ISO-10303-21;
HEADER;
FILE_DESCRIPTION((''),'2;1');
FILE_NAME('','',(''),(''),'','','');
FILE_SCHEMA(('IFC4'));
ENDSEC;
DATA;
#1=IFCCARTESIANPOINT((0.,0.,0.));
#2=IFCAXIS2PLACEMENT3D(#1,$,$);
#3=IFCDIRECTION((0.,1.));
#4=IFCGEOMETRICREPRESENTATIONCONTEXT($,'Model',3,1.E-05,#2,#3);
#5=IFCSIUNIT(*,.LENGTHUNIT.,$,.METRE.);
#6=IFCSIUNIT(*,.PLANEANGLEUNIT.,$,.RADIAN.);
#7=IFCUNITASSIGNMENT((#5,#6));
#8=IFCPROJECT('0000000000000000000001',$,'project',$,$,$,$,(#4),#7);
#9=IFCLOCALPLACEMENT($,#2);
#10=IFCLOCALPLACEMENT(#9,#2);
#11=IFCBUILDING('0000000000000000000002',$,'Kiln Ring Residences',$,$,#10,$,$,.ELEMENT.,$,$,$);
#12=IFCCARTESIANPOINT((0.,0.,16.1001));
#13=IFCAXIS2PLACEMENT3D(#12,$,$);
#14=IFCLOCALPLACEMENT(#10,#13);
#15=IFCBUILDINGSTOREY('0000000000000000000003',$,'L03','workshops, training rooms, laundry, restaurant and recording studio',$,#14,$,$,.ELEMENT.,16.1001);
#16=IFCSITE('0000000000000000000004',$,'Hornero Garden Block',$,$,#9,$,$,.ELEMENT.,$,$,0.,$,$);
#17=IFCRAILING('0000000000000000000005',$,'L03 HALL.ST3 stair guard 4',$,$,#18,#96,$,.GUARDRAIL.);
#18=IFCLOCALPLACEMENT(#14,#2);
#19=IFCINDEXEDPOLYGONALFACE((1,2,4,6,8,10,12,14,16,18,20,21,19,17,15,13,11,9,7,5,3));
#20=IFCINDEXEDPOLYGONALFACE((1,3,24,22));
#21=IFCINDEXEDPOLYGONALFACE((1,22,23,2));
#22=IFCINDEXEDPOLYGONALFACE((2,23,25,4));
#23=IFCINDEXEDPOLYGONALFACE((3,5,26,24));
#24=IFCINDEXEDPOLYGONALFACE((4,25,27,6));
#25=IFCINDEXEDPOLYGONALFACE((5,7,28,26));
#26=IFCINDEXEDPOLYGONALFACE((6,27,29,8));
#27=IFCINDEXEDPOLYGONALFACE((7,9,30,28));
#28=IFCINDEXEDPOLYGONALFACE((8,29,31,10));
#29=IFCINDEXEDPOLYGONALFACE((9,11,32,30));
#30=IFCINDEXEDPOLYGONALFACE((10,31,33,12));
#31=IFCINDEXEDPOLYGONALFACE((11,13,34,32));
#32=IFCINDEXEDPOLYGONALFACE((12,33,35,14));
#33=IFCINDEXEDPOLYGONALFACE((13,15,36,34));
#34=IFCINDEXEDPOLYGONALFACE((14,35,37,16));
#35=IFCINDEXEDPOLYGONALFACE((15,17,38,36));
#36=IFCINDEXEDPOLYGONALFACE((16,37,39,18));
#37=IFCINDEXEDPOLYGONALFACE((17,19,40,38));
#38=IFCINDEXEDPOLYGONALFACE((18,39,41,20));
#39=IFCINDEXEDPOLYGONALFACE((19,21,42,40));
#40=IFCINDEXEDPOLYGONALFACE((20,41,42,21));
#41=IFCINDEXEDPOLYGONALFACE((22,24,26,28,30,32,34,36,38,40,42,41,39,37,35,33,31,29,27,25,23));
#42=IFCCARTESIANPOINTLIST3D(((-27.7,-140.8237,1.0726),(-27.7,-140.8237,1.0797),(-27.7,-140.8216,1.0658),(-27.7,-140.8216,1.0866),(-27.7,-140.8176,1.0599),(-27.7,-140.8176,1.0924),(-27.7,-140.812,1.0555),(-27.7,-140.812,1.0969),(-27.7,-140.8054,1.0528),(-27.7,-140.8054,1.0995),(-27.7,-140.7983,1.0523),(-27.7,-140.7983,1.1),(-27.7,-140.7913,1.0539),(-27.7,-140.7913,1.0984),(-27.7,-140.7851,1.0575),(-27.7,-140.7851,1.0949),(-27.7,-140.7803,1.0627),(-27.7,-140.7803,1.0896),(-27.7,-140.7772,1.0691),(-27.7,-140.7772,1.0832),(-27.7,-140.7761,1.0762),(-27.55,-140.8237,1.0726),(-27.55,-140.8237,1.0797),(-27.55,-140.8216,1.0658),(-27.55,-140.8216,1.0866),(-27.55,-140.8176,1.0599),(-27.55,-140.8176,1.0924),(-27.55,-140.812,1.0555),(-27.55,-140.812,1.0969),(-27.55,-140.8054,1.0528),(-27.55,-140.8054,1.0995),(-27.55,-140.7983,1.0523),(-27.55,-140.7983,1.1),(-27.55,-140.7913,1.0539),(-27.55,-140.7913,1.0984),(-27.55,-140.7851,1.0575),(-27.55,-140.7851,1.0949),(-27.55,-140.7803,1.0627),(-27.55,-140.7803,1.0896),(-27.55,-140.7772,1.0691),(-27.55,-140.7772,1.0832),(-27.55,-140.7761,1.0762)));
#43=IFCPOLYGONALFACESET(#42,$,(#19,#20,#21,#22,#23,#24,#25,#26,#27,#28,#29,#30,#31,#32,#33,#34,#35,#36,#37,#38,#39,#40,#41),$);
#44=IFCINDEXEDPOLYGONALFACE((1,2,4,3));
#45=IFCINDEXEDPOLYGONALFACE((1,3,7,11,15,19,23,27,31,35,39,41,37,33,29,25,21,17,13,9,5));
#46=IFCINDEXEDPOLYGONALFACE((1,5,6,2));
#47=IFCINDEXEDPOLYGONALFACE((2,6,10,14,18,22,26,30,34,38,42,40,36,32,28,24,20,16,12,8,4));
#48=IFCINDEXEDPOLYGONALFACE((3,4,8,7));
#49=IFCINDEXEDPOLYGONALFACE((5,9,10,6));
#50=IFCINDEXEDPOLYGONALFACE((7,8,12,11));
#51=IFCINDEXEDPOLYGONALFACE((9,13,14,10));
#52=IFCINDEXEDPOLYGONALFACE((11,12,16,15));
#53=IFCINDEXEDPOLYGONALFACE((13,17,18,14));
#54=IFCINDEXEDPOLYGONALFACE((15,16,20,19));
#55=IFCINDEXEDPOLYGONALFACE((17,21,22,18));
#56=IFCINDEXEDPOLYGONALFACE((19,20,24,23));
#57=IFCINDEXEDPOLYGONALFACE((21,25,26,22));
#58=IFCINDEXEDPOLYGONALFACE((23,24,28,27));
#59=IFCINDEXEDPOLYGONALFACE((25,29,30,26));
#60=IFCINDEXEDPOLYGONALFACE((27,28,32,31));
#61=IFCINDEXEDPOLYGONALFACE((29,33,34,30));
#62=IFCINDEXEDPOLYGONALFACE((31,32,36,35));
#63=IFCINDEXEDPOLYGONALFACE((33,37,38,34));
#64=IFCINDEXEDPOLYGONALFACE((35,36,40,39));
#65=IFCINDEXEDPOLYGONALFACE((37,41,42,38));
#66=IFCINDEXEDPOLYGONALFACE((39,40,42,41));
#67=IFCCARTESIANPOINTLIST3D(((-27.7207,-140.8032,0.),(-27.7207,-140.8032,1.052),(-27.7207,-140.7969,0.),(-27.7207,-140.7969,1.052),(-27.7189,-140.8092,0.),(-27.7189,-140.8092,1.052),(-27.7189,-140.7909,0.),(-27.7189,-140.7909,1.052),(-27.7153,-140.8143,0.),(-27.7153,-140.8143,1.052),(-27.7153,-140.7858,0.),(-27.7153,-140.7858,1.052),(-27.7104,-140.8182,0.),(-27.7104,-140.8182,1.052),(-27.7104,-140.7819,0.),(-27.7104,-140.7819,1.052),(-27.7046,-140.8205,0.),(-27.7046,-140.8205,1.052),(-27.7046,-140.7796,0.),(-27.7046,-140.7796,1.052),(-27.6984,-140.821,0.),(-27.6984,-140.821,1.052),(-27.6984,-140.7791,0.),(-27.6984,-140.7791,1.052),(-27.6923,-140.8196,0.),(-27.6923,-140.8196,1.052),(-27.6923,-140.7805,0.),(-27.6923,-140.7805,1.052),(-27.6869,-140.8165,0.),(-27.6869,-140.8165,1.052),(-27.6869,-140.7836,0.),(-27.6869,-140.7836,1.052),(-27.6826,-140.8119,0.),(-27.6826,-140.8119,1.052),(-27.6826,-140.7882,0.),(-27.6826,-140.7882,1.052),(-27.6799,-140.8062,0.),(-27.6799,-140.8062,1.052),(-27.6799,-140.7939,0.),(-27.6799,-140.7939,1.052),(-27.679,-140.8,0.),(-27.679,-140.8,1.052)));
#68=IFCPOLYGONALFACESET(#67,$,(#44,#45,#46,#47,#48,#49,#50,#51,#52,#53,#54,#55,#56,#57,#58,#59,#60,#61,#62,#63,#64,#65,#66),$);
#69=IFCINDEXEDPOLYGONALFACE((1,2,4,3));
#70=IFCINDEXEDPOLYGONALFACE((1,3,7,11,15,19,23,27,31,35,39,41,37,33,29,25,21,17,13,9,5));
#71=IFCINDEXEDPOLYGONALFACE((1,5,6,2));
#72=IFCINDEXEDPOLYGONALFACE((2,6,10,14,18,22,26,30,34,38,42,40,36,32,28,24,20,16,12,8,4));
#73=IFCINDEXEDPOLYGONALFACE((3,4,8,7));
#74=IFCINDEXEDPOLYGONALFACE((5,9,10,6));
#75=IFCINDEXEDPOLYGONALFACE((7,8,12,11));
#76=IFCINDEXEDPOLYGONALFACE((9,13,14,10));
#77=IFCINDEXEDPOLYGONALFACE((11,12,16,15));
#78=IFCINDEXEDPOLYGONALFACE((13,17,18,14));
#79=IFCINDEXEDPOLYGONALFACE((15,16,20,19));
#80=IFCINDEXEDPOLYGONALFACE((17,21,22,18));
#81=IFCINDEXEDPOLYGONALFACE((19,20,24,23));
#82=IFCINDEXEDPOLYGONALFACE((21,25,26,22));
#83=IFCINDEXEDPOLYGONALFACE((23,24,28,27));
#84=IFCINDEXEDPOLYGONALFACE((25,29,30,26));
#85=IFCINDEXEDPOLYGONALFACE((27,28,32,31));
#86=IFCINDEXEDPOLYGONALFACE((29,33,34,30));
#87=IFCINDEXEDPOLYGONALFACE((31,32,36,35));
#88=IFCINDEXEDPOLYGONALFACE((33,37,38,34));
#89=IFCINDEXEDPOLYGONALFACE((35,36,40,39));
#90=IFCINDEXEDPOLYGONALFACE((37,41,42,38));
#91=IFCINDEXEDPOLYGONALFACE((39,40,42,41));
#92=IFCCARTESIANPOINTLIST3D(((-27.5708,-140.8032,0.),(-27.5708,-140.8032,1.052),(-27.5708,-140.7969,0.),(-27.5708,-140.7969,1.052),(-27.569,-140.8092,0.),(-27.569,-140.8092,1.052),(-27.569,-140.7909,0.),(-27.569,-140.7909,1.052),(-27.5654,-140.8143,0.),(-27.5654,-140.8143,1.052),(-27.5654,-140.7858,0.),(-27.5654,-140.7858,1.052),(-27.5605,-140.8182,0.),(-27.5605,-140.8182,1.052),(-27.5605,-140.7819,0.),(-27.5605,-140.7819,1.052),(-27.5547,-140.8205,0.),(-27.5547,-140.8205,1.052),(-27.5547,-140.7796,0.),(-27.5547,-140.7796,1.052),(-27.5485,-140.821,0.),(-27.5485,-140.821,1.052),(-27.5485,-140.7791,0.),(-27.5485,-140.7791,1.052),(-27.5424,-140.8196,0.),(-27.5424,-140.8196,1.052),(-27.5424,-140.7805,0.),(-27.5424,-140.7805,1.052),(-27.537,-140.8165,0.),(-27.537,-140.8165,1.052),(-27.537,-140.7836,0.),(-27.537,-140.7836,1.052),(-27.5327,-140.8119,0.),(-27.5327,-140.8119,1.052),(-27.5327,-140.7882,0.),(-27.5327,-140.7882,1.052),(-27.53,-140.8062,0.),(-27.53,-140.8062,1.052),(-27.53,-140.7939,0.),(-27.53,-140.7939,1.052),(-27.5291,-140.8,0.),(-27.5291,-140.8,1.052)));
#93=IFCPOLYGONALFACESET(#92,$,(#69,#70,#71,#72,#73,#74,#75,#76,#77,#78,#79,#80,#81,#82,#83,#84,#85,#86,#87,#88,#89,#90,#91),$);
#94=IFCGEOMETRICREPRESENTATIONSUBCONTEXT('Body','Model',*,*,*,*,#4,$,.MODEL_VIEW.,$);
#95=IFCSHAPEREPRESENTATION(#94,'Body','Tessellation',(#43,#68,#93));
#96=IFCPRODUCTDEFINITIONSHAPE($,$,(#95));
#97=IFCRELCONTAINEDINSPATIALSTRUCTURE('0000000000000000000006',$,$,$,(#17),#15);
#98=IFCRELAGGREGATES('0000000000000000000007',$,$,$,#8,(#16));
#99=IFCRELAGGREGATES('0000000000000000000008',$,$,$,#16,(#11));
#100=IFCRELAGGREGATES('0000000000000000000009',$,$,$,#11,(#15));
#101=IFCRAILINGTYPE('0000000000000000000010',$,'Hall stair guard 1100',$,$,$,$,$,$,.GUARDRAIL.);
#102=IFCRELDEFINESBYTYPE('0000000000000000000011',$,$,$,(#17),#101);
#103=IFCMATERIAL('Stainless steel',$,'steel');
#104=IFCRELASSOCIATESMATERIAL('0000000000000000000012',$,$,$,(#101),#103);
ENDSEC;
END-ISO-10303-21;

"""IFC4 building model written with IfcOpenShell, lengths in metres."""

from ifc_helpers import new_model, si_unit, direction, frame, origin, origin_2d, place, context, subcontext, project, spatial, circle, extrude, material, type_object, element, save


model = new_model("IFC4")

# Units and contexts
model_context = context("Model", 3, precision=1e-05, world=origin(), true_north=direction((0.0, 1.0)))
body_context = subcontext(model_context, "Body", "Model", "MODEL_VIEW")
ifc_project = project(units=[si_unit("LENGTHUNIT", "METRE"), si_unit("PLANEANGLEUNIT", "RADIAN")], contexts=[model_context])

# Site, building, storey
site_placement = place(None, origin())
site = spatial("IfcSite", under=ifc_project, at=site_placement, Name="Hornero Garden Block", CompositionType="ELEMENT", RefElevation=0.0)
building_placement = place(site_placement, origin())
building = spatial("IfcBuilding", under=site, at=building_placement, Name="Kiln Ring Residences", CompositionType="ELEMENT")
storey_placement = place(building_placement, frame((0.0, 0.0, 16.1001)))
storey = spatial("IfcBuildingStorey", under=building, at=storey_placement, Name="L03", Description="workshops, training rooms, laundry, restaurant and recording studio", CompositionType="ELEMENT", Elevation=16.1001)

# Railing
ifc_material_1 = material(Name="Stainless steel", Category="steel")
railing_type = type_object("IfcRailingType", Name="Hall stair guard 1100", PredefinedType="GUARDRAIL", material=ifc_material_1)
railing_1_placement = place(storey_placement, frame((-27.7, -140.8, 0.0)))
element("IfcRailing", 1, at=railing_1_placement, inside=storey, type_object=railing_type, Name="L03 HALL.ST3 stair guard 4", PredefinedType="GUARDRAIL", context=body_context, shape_type="SweptSolid", body=[
    extrude(circle(Radius=0.0239, at=origin_2d()), frame((0.0, 0.0, 1.0762), z_axis=(1.0, 0.0, 0.0), x_axis=(0.0, 1.0, 0.0)), (0.0, 0.0, 1.0), 0.1499),
    extrude(circle(Radius=0.021, at=origin_2d()), origin(), (0.0, 0.0, 1.0), 1.052),
    extrude(circle(Radius=0.021, at=origin_2d()), frame((0.1499, 0.0, 0.0)), (0.0, 0.0, 1.0), 1.052),
])

save(model, "model.ifc")
